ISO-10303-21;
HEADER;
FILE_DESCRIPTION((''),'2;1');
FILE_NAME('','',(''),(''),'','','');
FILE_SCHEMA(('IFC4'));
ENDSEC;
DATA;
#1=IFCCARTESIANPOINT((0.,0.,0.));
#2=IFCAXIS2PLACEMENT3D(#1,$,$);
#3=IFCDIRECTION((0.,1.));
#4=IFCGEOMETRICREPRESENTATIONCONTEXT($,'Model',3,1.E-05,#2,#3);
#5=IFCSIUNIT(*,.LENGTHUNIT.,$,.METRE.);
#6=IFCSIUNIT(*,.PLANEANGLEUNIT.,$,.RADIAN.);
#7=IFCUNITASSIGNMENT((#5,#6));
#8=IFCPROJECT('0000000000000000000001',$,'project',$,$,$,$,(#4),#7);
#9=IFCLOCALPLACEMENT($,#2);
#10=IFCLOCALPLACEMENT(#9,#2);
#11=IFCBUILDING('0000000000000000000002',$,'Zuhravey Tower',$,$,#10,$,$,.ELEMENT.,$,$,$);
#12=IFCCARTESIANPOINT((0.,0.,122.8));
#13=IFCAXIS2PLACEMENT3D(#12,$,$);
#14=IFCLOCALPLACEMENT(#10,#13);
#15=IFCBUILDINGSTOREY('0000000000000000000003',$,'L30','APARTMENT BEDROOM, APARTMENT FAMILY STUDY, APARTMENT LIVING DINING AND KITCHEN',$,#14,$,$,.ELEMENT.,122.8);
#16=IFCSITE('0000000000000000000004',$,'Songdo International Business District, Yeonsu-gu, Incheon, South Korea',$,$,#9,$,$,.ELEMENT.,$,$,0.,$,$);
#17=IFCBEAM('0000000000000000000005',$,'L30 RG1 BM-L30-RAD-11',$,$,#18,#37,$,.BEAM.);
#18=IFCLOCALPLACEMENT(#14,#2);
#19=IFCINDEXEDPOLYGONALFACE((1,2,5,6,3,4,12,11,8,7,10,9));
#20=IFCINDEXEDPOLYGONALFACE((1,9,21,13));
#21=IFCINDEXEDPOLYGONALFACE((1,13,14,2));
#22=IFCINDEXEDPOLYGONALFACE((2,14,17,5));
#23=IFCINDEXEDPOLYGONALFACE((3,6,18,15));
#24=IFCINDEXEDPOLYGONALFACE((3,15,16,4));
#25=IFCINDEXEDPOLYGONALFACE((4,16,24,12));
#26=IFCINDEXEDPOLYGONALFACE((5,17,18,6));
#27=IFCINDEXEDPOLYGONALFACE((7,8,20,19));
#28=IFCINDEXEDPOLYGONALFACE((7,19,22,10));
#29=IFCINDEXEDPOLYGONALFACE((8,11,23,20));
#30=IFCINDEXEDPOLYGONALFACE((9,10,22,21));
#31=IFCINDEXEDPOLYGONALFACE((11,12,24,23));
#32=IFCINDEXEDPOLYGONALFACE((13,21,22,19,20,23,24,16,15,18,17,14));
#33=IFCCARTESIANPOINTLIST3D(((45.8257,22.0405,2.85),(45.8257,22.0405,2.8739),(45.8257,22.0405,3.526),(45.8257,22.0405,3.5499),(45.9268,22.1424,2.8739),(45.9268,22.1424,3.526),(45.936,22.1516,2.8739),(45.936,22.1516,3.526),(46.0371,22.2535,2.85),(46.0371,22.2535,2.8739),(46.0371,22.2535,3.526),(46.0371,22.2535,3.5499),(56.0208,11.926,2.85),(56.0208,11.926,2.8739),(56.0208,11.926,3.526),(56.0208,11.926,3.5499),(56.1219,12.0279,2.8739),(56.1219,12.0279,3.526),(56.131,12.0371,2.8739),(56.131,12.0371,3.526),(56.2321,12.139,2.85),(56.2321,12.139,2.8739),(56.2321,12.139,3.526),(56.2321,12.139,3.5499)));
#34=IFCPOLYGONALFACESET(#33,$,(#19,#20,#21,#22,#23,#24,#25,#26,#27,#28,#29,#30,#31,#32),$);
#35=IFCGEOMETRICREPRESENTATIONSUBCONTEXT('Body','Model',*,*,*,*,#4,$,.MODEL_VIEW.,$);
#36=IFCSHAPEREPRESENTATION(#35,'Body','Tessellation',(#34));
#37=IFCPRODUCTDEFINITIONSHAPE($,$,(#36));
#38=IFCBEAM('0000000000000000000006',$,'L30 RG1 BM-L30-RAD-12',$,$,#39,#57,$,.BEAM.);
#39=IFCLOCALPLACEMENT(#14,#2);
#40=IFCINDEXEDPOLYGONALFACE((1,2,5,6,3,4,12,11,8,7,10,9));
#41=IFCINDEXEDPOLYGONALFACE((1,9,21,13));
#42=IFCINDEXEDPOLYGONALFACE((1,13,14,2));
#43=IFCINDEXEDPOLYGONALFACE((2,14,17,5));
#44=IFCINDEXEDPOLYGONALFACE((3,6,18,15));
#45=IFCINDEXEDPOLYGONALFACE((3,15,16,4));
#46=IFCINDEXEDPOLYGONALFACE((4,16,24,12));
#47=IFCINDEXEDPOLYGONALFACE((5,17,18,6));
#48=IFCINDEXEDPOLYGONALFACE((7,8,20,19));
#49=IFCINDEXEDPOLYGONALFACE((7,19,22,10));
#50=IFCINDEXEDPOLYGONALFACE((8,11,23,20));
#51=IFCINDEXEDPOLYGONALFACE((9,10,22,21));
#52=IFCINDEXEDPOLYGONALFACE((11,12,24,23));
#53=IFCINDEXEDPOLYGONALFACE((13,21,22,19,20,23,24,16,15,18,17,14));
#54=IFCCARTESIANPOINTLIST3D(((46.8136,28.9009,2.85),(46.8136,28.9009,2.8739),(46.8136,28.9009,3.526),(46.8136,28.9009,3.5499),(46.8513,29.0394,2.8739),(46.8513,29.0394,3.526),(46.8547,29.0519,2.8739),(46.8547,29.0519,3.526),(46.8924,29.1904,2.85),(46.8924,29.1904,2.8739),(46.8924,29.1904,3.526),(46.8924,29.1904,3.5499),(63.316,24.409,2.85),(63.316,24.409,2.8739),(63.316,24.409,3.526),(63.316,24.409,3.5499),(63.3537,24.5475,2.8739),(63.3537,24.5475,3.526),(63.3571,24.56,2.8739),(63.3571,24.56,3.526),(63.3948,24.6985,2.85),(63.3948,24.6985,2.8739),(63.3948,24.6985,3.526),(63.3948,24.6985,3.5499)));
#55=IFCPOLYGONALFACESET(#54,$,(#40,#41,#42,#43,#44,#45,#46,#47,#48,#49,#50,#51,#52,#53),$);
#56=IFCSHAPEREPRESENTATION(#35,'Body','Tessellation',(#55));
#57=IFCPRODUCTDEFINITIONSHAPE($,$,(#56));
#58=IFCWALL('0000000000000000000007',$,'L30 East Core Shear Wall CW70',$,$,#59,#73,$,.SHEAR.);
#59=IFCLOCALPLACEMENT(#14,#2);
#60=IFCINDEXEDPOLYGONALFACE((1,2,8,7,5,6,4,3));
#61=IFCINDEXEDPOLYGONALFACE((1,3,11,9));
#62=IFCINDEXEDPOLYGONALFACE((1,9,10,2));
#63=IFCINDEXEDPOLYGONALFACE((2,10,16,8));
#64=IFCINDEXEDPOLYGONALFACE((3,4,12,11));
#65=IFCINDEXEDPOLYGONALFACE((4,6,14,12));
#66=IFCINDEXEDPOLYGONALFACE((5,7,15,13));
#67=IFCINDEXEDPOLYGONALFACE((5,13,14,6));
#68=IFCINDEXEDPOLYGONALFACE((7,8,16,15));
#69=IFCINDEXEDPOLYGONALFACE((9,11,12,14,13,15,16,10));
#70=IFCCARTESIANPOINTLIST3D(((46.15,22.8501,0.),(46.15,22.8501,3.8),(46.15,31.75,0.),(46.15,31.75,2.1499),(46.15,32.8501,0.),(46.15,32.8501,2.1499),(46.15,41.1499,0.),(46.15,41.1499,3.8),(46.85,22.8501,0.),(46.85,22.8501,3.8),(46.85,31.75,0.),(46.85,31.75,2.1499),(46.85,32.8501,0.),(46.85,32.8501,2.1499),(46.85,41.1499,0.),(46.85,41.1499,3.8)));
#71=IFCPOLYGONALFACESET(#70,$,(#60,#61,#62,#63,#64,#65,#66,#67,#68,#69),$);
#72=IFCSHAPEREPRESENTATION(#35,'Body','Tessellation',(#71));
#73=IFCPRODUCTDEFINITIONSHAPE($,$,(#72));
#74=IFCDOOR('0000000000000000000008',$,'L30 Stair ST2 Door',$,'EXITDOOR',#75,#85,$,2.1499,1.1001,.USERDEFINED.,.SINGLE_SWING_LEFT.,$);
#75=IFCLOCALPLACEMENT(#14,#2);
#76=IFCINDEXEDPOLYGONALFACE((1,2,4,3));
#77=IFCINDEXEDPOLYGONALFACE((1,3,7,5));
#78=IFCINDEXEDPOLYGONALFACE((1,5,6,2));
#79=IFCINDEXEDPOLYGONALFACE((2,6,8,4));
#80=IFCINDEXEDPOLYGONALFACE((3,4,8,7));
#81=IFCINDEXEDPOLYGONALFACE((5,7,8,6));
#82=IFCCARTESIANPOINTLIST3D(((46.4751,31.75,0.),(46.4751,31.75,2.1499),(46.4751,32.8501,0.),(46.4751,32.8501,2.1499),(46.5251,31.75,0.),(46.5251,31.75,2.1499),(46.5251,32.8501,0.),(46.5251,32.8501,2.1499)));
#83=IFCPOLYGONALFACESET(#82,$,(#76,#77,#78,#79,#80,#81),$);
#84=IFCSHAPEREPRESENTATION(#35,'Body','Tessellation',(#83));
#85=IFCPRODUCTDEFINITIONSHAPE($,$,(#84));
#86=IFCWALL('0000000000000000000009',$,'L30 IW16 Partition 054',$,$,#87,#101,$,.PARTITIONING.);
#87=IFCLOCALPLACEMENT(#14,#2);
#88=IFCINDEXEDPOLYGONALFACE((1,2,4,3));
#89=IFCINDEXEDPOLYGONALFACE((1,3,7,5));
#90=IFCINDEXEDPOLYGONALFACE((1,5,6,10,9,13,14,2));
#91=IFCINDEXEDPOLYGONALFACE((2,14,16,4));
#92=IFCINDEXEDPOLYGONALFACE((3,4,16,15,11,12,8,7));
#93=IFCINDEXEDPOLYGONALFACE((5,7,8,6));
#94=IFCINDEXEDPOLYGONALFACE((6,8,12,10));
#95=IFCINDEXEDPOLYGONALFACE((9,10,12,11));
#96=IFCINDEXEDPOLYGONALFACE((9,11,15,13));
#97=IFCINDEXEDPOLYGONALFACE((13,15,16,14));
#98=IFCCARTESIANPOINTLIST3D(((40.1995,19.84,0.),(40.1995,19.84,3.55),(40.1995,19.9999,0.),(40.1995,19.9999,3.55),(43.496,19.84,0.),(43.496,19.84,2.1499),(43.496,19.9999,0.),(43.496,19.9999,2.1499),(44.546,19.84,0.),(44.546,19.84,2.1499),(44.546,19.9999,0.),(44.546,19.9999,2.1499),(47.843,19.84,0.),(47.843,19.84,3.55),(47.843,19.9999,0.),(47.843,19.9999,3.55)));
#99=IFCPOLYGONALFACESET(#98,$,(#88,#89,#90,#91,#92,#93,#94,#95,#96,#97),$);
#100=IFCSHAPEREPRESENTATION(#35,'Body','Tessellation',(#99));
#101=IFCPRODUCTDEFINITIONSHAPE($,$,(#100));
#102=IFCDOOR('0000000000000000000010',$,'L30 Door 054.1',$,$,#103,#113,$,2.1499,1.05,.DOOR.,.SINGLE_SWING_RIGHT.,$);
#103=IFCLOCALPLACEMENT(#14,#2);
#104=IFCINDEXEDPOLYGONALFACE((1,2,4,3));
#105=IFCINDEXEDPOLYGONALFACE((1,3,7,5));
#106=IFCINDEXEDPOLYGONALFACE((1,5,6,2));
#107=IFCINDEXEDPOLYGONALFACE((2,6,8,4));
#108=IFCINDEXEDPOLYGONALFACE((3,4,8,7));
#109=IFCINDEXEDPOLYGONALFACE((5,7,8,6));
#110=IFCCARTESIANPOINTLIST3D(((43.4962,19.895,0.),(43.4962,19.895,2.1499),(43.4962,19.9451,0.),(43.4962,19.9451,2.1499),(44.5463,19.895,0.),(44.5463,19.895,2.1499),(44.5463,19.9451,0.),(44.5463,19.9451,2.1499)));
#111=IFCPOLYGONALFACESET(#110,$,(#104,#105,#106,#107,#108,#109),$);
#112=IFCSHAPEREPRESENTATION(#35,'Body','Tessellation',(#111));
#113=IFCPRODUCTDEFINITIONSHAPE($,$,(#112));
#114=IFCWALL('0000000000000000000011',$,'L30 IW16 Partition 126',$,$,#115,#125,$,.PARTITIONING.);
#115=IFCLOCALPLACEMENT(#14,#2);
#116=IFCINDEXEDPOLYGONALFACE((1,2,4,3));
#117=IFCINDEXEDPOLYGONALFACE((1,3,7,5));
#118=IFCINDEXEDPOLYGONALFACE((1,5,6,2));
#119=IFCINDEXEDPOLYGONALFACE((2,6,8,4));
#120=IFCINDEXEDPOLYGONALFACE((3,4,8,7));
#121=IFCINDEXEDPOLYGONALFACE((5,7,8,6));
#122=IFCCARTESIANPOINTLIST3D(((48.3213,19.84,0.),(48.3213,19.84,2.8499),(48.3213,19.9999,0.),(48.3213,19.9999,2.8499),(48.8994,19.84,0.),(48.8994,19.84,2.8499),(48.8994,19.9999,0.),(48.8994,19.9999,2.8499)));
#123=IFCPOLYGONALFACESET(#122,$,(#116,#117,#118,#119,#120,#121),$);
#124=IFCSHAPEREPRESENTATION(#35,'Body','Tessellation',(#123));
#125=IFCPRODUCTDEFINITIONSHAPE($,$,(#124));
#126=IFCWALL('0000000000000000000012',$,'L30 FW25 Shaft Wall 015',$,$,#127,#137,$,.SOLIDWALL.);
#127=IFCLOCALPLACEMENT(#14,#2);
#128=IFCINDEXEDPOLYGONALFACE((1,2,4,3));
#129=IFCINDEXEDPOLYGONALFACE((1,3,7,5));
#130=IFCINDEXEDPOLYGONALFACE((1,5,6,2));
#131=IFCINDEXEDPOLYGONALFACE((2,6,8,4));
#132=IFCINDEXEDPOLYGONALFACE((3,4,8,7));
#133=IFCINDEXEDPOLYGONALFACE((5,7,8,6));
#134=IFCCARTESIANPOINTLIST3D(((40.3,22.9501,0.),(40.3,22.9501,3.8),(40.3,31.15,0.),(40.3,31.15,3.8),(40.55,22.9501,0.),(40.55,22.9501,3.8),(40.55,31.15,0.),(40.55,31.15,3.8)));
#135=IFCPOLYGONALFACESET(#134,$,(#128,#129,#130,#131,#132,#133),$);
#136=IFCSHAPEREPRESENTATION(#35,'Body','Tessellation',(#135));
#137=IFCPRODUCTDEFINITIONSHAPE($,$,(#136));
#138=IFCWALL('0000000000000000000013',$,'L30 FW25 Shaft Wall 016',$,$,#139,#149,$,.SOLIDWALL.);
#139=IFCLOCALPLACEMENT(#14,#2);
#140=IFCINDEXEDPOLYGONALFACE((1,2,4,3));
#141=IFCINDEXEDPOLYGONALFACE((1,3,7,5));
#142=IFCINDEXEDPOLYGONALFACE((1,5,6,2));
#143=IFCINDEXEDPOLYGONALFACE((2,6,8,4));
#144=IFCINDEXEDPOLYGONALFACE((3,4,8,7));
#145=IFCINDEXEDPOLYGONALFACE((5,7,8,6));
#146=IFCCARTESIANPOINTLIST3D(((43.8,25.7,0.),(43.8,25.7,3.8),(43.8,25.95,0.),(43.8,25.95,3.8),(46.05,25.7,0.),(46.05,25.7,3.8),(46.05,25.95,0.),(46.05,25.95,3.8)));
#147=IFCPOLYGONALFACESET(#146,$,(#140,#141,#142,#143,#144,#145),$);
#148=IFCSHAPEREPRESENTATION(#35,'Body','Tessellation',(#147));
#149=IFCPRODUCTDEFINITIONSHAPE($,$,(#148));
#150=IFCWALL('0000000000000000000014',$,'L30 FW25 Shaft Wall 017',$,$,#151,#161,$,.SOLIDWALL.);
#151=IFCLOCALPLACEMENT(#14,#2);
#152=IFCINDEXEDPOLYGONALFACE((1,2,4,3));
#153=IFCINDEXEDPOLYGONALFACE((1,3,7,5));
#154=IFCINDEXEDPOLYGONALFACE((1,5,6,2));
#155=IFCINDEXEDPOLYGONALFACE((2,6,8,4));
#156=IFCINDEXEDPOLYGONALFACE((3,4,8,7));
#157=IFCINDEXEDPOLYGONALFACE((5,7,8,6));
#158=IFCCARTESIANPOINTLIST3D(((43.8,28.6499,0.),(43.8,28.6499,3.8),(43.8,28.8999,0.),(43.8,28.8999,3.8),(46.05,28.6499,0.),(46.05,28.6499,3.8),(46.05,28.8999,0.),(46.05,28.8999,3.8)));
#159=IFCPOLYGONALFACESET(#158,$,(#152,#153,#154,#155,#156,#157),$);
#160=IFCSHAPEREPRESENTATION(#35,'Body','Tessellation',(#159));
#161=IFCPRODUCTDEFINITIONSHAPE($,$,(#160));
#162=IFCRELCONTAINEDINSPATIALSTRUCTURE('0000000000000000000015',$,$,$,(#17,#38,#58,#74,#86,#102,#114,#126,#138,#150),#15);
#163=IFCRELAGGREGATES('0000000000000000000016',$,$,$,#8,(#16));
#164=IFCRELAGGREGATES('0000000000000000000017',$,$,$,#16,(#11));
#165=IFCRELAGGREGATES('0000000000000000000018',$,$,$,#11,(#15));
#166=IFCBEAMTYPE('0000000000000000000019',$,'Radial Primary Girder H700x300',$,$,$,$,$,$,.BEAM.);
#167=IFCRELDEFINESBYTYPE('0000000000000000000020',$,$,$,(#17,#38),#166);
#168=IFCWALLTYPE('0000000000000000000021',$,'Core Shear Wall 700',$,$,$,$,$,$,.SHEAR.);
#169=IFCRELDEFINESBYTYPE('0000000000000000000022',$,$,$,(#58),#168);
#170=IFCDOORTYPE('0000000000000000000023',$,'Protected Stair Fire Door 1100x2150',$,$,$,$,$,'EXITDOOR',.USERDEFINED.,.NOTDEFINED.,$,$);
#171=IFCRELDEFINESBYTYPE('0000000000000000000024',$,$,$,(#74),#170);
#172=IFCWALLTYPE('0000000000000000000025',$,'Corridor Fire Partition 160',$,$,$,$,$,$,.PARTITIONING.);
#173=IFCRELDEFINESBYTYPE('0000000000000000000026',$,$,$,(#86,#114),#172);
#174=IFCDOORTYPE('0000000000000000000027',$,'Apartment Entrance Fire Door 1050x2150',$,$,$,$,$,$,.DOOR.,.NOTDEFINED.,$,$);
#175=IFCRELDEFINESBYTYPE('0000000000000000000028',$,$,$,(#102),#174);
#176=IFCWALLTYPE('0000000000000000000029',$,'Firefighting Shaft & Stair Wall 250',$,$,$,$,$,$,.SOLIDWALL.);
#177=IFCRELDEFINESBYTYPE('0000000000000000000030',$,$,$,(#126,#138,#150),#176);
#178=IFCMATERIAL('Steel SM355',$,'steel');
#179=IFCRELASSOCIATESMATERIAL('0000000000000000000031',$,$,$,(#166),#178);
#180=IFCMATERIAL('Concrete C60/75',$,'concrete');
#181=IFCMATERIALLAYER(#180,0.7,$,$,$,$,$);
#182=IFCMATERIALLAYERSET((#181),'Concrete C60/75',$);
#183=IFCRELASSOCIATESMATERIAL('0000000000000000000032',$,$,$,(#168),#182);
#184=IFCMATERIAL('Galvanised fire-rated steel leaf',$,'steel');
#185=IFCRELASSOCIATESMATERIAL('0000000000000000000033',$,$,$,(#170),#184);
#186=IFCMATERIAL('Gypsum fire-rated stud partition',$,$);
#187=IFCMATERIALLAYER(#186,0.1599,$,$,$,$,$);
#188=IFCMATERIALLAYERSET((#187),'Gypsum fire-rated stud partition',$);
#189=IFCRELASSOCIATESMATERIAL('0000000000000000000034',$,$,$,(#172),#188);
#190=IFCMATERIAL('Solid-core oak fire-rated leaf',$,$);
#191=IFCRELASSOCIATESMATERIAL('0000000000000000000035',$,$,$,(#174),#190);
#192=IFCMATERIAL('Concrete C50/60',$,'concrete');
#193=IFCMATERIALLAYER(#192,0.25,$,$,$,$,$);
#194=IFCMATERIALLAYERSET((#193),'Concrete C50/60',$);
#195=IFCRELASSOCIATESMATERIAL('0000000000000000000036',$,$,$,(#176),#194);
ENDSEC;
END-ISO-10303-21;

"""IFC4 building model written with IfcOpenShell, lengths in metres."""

from ifc_helpers import new_model, si_unit, direction, frame, frame_2d, origin, origin_2d, place, context, subcontext, project, spatial, rectangle, i_section, extrude, material, layer, layer_set, material_profile, profile_set, type_object, element, fill, save


model = new_model("IFC4")

# Units and contexts
model_context = context("Model", 3, precision=1e-05, world=origin(), true_north=direction((0.0, 1.0)))
body_context = subcontext(model_context, "Body", "Model", "MODEL_VIEW")
ifc_project = project(units=[si_unit("LENGTHUNIT", "METRE"), si_unit("PLANEANGLEUNIT", "RADIAN")], contexts=[model_context])

# Site, building, storey
site_placement = place(None, origin())
site = spatial("IfcSite", under=ifc_project, at=site_placement, Name="Songdo International Business District, Yeonsu-gu, Incheon, South Korea", CompositionType="ELEMENT", RefElevation=0.0)
building_placement = place(site_placement, origin())
building = spatial("IfcBuilding", under=site, at=building_placement, Name="Zuhravey Tower", CompositionType="ELEMENT")
storey_placement = place(building_placement, frame((0.0, 0.0, 122.8)))
storey = spatial("IfcBuildingStorey", under=building, at=storey_placement, Name="L30", Description="APARTMENT BEDROOM, APARTMENT FAMILY STUDY, APARTMENT LIVING DINING AND KITCHEN", CompositionType="ELEMENT", Elevation=122.8)

# Beams
ifc_material_1 = material(Name="Steel SM355", Category="steel")
ifc_material_profile = material_profile(ifc_material_1, i_section(OverallWidth=0.3, OverallDepth=0.7, WebThickness=0.0129, FlangeThickness=0.0239, at=origin_2d()), Name="H-700x300x13x24")
ifc_profile_set = profile_set([ifc_material_profile], Name="Steel SM355")
beam_type = type_object("IfcBeamType", Name="Radial Primary Girder H700x300", PredefinedType="BEAM", material=ifc_profile_set)
beam_1_placement = place(storey_placement, frame((45.9314, 22.147, 3.2), z_axis=(0.709906, -0.704296, 0.0), x_axis=(0.704296, 0.709906, 0.0)))
element("IfcBeam", 1, at=beam_1_placement, inside=storey, type_object=beam_type, Name="L30 RG1 BM-L30-RAD-11", PredefinedType="BEAM", context=body_context, shape_type="SweptSolid", body=[
    extrude(i_section(OverallWidth=0.3, OverallDepth=0.7, WebThickness=0.0129, FlangeThickness=0.0239, at=origin_2d()), origin(), (0.0, 0.0, 1.0), 14.3611),
])
beam_2_placement = place(storey_placement, frame((46.853, 29.0457, 3.2), z_axis=(0.964893, -0.262643, 0.0), x_axis=(0.262643, 0.964893, 0.0)))
element("IfcBeam", 2, at=beam_2_placement, inside=storey, type_object=beam_type, Name="L30 RG1 BM-L30-RAD-12", PredefinedType="BEAM", context=body_context, shape_type="SweptSolid", body=[
    extrude(i_section(OverallWidth=0.3, OverallDepth=0.7, WebThickness=0.0129, FlangeThickness=0.0239, at=origin_2d()), origin(), (0.0, 0.0, 1.0), 17.1028),
])

# Walls, openings, doors
ifc_material_2 = material(Name="Concrete C60/75", Category="concrete")
ifc_layer_1 = layer(ifc_material_2, 0.7)
ifc_layer_set_1 = layer_set([ifc_layer_1], Name="Concrete C60/75")
wall_type_1 = type_object("IfcWallType", Name="Core Shear Wall 700", PredefinedType="SHEAR", material=ifc_layer_set_1)
wall_1_placement = place(storey_placement, frame((46.5, 22.8501, 0.0), z_axis=(0.0, 0.0, 1.0), x_axis=(0.0, 1.0, 0.0)))
wall_1 = element("IfcWall", 3, at=wall_1_placement, inside=storey, type_object=wall_type_1, Name="L30 East Core Shear Wall CW70", PredefinedType="SHEAR", context=body_context, shape_type="SweptSolid", body=[
    extrude(rectangle(XDim=18.2998, YDim=0.7, at=frame_2d((9.1499, 0.0))), origin(), (0.0, 0.0, 1.0), 3.8),
])
opening_1_placement = place(wall_1_placement, frame((8.8999, 0.0, 0.0)))
opening_1 = element("IfcOpeningElement", 4, at=opening_1_placement, cuts=wall_1, PredefinedType="OPENING", context=body_context, shape_type="SweptSolid", body=[
    extrude(rectangle(XDim=1.1001, YDim=2.1499, at=frame_2d((0.55, 1.075))), frame((0.0, 0.3621, 0.0), z_axis=(0.0, -1.0, 0.0), x_axis=(1.0, 0.0, 0.0)), (0.0, 0.0, 1.0), 0.7239),
])
ifc_material_3 = material(Name="Galvanised fire-rated steel leaf", Category="steel")
door_type_1 = type_object("IfcDoorType", Name="Protected Stair Fire Door 1100x2150", ElementType="EXITDOOR", OperationType="NOTDEFINED", PredefinedType="USERDEFINED", material=ifc_material_3)
door_1_placement = place(opening_1_placement, origin())
door_1 = element("IfcDoor", 5, at=door_1_placement, inside=storey, type_object=door_type_1, Name="L30 Stair ST2 Door", ObjectType="EXITDOOR", OperationType="SINGLE_SWING_LEFT", OverallHeight=2.1499, OverallWidth=1.1001, PredefinedType="USERDEFINED", context=body_context, shape_type="SweptSolid", body=[
    extrude(rectangle(XDim=1.1001, YDim=2.1499, at=frame_2d((0.55, 1.075))), frame((0.0, 0.0249, 0.0), z_axis=(0.0, -1.0, 0.0), x_axis=(1.0, 0.0, 0.0)), (0.0, 0.0, 1.0), 0.05),
])
fill(opening_1, door_1)
ifc_material_4 = material(Name="Gypsum fire-rated stud partition")
ifc_layer_2 = layer(ifc_material_4, 0.1599)
ifc_layer_set_2 = layer_set([ifc_layer_2], Name="Gypsum fire-rated stud partition")
wall_type_2 = type_object("IfcWallType", Name="Corridor Fire Partition 160", PredefinedType="PARTITIONING", material=ifc_layer_set_2)
wall_2_placement = place(storey_placement, frame((40.1995, 19.9199, 0.0), z_axis=(0.0, 0.0, 1.0), x_axis=(1.0, 0.0, 0.0)))
wall_2 = element("IfcWall", 6, at=wall_2_placement, inside=storey, type_object=wall_type_2, Name="L30 IW16 Partition 054", PredefinedType="PARTITIONING", context=body_context, shape_type="SweptSolid", body=[
    extrude(rectangle(XDim=7.6436, YDim=0.1599, at=frame_2d((3.8218, 0.0))), origin(), (0.0, 0.0, 1.0), 3.55),
])
opening_2_placement = place(wall_2_placement, frame((3.2966, 0.0, 0.0)))
opening_2 = element("IfcOpeningElement", 7, at=opening_2_placement, cuts=wall_2, PredefinedType="OPENING", context=body_context, shape_type="SweptSolid", body=[
    extrude(rectangle(XDim=1.05, YDim=2.1499, at=frame_2d((0.5249, 1.075))), frame((0.0, 0.092, 0.0), z_axis=(0.0, -1.0, 0.0), x_axis=(1.0, 0.0, 0.0)), (0.0, 0.0, 1.0), 0.1838),
])
ifc_material_5 = material(Name="Solid-core oak fire-rated leaf")
door_type_2 = type_object("IfcDoorType", Name="Apartment Entrance Fire Door 1050x2150", OperationType="NOTDEFINED", PredefinedType="DOOR", material=ifc_material_5)
door_2_placement = place(opening_2_placement, frame((1.05, 0.0, 0.0), z_axis=(0.0, 0.0, 1.0), x_axis=(-1.0, 0.0, 0.0)))
door_2 = element("IfcDoor", 8, at=door_2_placement, inside=storey, type_object=door_type_2, Name="L30 Door 054.1", OperationType="SINGLE_SWING_RIGHT", OverallHeight=2.1499, OverallWidth=1.05, PredefinedType="DOOR", context=body_context, shape_type="SweptSolid", body=[
    extrude(rectangle(XDim=1.05, YDim=2.1499, at=frame_2d((0.5249, 1.075))), frame((0.0, 0.0249, 0.0), z_axis=(0.0, -1.0, 0.0), x_axis=(1.0, 0.0, 0.0)), (0.0, 0.0, 1.0), 0.05),
])
fill(opening_2, door_2)

# Walls
wall_3_placement = place(storey_placement, frame((48.3213, 19.9199, 0.0), z_axis=(0.0, 0.0, 1.0), x_axis=(1.0, 0.0, 0.0)))
element("IfcWall", 9, at=wall_3_placement, inside=storey, type_object=wall_type_2, Name="L30 IW16 Partition 126", PredefinedType="PARTITIONING", context=body_context, shape_type="SweptSolid", body=[
    extrude(rectangle(XDim=0.5781, YDim=0.1599, at=frame_2d((0.2891, 0.0))), origin(), (0.0, 0.0, 1.0), 2.8499),
])
ifc_material_6 = material(Name="Concrete C50/60", Category="concrete")
ifc_layer_3 = layer(ifc_material_6, 0.25)
ifc_layer_set_3 = layer_set([ifc_layer_3], Name="Concrete C50/60")
wall_type_3 = type_object("IfcWallType", Name="Firefighting Shaft & Stair Wall 250", PredefinedType="SOLIDWALL", material=ifc_layer_set_3)
wall_4_placement = place(storey_placement, frame((40.425, 22.95, 0.0), z_axis=(0.0, 0.0, 1.0), x_axis=(0.0, 1.0, 0.0)))
element("IfcWall", 10, at=wall_4_placement, inside=storey, type_object=wall_type_3, Name="L30 FW25 Shaft Wall 015", PredefinedType="SOLIDWALL", context=body_context, shape_type="SweptSolid", body=[
    extrude(rectangle(XDim=8.2, YDim=0.25, at=frame_2d((4.1001, 0.0))), origin(), (0.0, 0.0, 1.0), 3.8),
])
for number, where, z_axis, x_axis, name in (
    (11, (43.8, 25.825, 0.0), (0.0, 0.0, 1.0), (1.0, 0.0, 0.0), "L30 FW25 Shaft Wall 016"),
    (12, (43.8, 28.7749, 0.0), (0.0, 0.0, 1.0), (1.0, 0.0, 0.0), "L30 FW25 Shaft Wall 017"),
):
    element("IfcWall", number, at=place(storey_placement, frame(where, z_axis=z_axis, x_axis=x_axis)), inside=storey, type_object=wall_type_3, Name=name, PredefinedType="SOLIDWALL", context=body_context, shape_type="SweptSolid", body=[
        extrude(rectangle(XDim=2.25, YDim=0.25, at=frame_2d((1.125, 0.0))), origin(), (0.0, 0.0, 1.0), 3.8),
    ])

save(model, "model.ifc")
